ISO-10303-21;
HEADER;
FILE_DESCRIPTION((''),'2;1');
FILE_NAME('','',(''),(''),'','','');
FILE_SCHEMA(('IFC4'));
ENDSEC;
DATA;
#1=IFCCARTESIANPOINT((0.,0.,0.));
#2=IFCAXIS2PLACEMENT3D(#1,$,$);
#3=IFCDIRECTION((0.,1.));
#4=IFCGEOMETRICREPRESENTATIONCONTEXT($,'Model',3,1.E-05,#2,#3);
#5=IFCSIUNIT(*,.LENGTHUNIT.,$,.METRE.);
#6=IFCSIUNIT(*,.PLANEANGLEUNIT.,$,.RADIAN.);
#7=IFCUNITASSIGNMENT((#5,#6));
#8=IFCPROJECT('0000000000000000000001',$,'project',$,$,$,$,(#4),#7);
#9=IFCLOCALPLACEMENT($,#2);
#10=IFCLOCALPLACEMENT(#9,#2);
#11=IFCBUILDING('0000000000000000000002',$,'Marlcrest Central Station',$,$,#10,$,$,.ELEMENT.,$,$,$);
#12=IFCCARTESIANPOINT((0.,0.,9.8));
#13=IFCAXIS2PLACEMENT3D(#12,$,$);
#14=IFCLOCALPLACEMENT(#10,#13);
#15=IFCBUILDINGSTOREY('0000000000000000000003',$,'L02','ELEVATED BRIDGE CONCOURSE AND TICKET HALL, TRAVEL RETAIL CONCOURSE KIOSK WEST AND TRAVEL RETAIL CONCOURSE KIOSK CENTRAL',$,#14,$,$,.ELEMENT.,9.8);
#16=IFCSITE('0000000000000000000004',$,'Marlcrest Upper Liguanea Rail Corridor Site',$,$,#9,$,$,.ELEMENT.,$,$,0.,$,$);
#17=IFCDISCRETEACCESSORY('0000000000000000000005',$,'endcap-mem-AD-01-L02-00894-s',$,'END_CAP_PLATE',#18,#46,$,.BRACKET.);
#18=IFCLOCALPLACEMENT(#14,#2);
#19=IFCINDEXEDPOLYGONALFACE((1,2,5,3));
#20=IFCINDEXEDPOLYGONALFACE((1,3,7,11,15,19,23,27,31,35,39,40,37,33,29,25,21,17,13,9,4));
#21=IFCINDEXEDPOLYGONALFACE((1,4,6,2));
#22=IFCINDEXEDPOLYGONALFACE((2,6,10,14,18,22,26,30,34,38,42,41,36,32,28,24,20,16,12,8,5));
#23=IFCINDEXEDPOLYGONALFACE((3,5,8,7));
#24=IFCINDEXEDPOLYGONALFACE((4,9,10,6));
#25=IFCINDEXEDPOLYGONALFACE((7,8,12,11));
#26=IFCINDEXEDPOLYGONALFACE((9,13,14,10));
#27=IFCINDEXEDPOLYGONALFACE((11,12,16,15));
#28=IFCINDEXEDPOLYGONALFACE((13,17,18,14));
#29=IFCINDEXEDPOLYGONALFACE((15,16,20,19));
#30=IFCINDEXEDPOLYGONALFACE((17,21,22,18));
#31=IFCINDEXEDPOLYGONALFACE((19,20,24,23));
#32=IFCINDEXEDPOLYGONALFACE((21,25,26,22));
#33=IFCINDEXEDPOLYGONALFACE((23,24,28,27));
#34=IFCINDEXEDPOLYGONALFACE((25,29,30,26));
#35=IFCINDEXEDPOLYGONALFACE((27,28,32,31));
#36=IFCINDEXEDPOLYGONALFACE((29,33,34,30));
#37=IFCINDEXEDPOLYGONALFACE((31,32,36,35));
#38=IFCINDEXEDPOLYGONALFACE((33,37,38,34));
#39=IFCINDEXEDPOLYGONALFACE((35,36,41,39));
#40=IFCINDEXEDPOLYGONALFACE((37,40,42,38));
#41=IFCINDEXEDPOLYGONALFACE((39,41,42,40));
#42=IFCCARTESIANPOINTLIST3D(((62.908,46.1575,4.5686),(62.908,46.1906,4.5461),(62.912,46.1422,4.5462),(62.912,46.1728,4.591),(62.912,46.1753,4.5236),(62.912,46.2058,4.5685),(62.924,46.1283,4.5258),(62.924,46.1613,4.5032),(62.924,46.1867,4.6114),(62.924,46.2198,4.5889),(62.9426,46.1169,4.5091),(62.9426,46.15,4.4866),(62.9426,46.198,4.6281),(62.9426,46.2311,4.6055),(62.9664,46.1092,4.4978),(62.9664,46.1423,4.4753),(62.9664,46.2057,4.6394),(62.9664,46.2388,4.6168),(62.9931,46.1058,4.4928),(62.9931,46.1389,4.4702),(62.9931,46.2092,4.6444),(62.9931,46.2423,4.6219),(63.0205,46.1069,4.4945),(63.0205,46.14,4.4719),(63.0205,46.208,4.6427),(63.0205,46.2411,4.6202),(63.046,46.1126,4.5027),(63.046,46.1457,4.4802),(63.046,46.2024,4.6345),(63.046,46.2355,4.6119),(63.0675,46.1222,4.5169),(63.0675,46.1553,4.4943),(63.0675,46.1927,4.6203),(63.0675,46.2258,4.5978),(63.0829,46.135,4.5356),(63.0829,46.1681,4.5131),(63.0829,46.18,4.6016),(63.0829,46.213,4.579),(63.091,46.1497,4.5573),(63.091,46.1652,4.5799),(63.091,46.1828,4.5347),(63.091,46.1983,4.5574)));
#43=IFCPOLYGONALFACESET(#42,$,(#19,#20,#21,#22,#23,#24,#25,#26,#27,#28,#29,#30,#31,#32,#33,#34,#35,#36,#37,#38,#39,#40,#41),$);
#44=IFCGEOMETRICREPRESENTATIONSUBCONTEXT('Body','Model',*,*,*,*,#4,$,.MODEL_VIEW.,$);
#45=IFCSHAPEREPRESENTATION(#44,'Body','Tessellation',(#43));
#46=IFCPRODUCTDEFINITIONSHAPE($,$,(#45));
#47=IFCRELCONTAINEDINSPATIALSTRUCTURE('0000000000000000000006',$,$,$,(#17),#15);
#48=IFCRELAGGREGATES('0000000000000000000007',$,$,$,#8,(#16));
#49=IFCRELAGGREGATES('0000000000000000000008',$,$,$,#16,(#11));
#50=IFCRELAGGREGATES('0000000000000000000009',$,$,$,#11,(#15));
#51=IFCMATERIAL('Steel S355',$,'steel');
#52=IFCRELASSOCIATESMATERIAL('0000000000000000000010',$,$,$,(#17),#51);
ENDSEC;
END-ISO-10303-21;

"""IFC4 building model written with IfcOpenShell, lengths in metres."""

from ifc_helpers import new_model, si_unit, direction, frame, origin, origin_2d, place, context, subcontext, project, spatial, circle, extrude, material, element, save


model = new_model("IFC4")

# Units and contexts
model_context = context("Model", 3, precision=1e-05, world=origin(), true_north=direction((0.0, 1.0)))
body_context = subcontext(model_context, "Body", "Model", "MODEL_VIEW")
ifc_project = project(units=[si_unit("LENGTHUNIT", "METRE"), si_unit("PLANEANGLEUNIT", "RADIAN")], contexts=[model_context])

# Site, building, storey
site_placement = place(None, origin())
site = spatial("IfcSite", under=ifc_project, at=site_placement, Name="Marlcrest Upper Liguanea Rail Corridor Site", CompositionType="ELEMENT", RefElevation=0.0)
building_placement = place(site_placement, origin())
building = spatial("IfcBuilding", under=site, at=building_placement, Name="Marlcrest Central Station", CompositionType="ELEMENT")
storey_placement = place(building_placement, frame((0.0, 0.0, 9.8)))
storey = spatial("IfcBuildingStorey", under=building, at=storey_placement, Name="L02", Description="ELEVATED BRIDGE CONCOURSE AND TICKET HALL, TRAVEL RETAIL CONCOURSE KIOSK WEST AND TRAVEL RETAIL CONCOURSE KIOSK CENTRAL", CompositionType="ELEMENT", Elevation=9.8)

# Shared definitions
ifc_material_1 = material(Name="Steel S355", Category="steel")

# Discrete accessory
discrete_accessory_1_placement = place(storey_placement, frame((63.0, 46.1575, 4.5686), z_axis=(0.0, 0.826263, -0.563285), x_axis=(-1.0, 0.0, 0.0)))
element("IfcDiscreteAccessory", 1, at=discrete_accessory_1_placement, inside=storey, material=ifc_material_1, Name="endcap-mem-AD-01-L02-00894-s", ObjectType="END_CAP_PLATE", PredefinedType="BRACKET", context=body_context, shape_type="SweptSolid", body=[
    extrude(circle(Radius=0.092, at=origin_2d()), origin(), (0.0, 0.0, 1.0), 0.04),
])

save(model, "model.ifc")
